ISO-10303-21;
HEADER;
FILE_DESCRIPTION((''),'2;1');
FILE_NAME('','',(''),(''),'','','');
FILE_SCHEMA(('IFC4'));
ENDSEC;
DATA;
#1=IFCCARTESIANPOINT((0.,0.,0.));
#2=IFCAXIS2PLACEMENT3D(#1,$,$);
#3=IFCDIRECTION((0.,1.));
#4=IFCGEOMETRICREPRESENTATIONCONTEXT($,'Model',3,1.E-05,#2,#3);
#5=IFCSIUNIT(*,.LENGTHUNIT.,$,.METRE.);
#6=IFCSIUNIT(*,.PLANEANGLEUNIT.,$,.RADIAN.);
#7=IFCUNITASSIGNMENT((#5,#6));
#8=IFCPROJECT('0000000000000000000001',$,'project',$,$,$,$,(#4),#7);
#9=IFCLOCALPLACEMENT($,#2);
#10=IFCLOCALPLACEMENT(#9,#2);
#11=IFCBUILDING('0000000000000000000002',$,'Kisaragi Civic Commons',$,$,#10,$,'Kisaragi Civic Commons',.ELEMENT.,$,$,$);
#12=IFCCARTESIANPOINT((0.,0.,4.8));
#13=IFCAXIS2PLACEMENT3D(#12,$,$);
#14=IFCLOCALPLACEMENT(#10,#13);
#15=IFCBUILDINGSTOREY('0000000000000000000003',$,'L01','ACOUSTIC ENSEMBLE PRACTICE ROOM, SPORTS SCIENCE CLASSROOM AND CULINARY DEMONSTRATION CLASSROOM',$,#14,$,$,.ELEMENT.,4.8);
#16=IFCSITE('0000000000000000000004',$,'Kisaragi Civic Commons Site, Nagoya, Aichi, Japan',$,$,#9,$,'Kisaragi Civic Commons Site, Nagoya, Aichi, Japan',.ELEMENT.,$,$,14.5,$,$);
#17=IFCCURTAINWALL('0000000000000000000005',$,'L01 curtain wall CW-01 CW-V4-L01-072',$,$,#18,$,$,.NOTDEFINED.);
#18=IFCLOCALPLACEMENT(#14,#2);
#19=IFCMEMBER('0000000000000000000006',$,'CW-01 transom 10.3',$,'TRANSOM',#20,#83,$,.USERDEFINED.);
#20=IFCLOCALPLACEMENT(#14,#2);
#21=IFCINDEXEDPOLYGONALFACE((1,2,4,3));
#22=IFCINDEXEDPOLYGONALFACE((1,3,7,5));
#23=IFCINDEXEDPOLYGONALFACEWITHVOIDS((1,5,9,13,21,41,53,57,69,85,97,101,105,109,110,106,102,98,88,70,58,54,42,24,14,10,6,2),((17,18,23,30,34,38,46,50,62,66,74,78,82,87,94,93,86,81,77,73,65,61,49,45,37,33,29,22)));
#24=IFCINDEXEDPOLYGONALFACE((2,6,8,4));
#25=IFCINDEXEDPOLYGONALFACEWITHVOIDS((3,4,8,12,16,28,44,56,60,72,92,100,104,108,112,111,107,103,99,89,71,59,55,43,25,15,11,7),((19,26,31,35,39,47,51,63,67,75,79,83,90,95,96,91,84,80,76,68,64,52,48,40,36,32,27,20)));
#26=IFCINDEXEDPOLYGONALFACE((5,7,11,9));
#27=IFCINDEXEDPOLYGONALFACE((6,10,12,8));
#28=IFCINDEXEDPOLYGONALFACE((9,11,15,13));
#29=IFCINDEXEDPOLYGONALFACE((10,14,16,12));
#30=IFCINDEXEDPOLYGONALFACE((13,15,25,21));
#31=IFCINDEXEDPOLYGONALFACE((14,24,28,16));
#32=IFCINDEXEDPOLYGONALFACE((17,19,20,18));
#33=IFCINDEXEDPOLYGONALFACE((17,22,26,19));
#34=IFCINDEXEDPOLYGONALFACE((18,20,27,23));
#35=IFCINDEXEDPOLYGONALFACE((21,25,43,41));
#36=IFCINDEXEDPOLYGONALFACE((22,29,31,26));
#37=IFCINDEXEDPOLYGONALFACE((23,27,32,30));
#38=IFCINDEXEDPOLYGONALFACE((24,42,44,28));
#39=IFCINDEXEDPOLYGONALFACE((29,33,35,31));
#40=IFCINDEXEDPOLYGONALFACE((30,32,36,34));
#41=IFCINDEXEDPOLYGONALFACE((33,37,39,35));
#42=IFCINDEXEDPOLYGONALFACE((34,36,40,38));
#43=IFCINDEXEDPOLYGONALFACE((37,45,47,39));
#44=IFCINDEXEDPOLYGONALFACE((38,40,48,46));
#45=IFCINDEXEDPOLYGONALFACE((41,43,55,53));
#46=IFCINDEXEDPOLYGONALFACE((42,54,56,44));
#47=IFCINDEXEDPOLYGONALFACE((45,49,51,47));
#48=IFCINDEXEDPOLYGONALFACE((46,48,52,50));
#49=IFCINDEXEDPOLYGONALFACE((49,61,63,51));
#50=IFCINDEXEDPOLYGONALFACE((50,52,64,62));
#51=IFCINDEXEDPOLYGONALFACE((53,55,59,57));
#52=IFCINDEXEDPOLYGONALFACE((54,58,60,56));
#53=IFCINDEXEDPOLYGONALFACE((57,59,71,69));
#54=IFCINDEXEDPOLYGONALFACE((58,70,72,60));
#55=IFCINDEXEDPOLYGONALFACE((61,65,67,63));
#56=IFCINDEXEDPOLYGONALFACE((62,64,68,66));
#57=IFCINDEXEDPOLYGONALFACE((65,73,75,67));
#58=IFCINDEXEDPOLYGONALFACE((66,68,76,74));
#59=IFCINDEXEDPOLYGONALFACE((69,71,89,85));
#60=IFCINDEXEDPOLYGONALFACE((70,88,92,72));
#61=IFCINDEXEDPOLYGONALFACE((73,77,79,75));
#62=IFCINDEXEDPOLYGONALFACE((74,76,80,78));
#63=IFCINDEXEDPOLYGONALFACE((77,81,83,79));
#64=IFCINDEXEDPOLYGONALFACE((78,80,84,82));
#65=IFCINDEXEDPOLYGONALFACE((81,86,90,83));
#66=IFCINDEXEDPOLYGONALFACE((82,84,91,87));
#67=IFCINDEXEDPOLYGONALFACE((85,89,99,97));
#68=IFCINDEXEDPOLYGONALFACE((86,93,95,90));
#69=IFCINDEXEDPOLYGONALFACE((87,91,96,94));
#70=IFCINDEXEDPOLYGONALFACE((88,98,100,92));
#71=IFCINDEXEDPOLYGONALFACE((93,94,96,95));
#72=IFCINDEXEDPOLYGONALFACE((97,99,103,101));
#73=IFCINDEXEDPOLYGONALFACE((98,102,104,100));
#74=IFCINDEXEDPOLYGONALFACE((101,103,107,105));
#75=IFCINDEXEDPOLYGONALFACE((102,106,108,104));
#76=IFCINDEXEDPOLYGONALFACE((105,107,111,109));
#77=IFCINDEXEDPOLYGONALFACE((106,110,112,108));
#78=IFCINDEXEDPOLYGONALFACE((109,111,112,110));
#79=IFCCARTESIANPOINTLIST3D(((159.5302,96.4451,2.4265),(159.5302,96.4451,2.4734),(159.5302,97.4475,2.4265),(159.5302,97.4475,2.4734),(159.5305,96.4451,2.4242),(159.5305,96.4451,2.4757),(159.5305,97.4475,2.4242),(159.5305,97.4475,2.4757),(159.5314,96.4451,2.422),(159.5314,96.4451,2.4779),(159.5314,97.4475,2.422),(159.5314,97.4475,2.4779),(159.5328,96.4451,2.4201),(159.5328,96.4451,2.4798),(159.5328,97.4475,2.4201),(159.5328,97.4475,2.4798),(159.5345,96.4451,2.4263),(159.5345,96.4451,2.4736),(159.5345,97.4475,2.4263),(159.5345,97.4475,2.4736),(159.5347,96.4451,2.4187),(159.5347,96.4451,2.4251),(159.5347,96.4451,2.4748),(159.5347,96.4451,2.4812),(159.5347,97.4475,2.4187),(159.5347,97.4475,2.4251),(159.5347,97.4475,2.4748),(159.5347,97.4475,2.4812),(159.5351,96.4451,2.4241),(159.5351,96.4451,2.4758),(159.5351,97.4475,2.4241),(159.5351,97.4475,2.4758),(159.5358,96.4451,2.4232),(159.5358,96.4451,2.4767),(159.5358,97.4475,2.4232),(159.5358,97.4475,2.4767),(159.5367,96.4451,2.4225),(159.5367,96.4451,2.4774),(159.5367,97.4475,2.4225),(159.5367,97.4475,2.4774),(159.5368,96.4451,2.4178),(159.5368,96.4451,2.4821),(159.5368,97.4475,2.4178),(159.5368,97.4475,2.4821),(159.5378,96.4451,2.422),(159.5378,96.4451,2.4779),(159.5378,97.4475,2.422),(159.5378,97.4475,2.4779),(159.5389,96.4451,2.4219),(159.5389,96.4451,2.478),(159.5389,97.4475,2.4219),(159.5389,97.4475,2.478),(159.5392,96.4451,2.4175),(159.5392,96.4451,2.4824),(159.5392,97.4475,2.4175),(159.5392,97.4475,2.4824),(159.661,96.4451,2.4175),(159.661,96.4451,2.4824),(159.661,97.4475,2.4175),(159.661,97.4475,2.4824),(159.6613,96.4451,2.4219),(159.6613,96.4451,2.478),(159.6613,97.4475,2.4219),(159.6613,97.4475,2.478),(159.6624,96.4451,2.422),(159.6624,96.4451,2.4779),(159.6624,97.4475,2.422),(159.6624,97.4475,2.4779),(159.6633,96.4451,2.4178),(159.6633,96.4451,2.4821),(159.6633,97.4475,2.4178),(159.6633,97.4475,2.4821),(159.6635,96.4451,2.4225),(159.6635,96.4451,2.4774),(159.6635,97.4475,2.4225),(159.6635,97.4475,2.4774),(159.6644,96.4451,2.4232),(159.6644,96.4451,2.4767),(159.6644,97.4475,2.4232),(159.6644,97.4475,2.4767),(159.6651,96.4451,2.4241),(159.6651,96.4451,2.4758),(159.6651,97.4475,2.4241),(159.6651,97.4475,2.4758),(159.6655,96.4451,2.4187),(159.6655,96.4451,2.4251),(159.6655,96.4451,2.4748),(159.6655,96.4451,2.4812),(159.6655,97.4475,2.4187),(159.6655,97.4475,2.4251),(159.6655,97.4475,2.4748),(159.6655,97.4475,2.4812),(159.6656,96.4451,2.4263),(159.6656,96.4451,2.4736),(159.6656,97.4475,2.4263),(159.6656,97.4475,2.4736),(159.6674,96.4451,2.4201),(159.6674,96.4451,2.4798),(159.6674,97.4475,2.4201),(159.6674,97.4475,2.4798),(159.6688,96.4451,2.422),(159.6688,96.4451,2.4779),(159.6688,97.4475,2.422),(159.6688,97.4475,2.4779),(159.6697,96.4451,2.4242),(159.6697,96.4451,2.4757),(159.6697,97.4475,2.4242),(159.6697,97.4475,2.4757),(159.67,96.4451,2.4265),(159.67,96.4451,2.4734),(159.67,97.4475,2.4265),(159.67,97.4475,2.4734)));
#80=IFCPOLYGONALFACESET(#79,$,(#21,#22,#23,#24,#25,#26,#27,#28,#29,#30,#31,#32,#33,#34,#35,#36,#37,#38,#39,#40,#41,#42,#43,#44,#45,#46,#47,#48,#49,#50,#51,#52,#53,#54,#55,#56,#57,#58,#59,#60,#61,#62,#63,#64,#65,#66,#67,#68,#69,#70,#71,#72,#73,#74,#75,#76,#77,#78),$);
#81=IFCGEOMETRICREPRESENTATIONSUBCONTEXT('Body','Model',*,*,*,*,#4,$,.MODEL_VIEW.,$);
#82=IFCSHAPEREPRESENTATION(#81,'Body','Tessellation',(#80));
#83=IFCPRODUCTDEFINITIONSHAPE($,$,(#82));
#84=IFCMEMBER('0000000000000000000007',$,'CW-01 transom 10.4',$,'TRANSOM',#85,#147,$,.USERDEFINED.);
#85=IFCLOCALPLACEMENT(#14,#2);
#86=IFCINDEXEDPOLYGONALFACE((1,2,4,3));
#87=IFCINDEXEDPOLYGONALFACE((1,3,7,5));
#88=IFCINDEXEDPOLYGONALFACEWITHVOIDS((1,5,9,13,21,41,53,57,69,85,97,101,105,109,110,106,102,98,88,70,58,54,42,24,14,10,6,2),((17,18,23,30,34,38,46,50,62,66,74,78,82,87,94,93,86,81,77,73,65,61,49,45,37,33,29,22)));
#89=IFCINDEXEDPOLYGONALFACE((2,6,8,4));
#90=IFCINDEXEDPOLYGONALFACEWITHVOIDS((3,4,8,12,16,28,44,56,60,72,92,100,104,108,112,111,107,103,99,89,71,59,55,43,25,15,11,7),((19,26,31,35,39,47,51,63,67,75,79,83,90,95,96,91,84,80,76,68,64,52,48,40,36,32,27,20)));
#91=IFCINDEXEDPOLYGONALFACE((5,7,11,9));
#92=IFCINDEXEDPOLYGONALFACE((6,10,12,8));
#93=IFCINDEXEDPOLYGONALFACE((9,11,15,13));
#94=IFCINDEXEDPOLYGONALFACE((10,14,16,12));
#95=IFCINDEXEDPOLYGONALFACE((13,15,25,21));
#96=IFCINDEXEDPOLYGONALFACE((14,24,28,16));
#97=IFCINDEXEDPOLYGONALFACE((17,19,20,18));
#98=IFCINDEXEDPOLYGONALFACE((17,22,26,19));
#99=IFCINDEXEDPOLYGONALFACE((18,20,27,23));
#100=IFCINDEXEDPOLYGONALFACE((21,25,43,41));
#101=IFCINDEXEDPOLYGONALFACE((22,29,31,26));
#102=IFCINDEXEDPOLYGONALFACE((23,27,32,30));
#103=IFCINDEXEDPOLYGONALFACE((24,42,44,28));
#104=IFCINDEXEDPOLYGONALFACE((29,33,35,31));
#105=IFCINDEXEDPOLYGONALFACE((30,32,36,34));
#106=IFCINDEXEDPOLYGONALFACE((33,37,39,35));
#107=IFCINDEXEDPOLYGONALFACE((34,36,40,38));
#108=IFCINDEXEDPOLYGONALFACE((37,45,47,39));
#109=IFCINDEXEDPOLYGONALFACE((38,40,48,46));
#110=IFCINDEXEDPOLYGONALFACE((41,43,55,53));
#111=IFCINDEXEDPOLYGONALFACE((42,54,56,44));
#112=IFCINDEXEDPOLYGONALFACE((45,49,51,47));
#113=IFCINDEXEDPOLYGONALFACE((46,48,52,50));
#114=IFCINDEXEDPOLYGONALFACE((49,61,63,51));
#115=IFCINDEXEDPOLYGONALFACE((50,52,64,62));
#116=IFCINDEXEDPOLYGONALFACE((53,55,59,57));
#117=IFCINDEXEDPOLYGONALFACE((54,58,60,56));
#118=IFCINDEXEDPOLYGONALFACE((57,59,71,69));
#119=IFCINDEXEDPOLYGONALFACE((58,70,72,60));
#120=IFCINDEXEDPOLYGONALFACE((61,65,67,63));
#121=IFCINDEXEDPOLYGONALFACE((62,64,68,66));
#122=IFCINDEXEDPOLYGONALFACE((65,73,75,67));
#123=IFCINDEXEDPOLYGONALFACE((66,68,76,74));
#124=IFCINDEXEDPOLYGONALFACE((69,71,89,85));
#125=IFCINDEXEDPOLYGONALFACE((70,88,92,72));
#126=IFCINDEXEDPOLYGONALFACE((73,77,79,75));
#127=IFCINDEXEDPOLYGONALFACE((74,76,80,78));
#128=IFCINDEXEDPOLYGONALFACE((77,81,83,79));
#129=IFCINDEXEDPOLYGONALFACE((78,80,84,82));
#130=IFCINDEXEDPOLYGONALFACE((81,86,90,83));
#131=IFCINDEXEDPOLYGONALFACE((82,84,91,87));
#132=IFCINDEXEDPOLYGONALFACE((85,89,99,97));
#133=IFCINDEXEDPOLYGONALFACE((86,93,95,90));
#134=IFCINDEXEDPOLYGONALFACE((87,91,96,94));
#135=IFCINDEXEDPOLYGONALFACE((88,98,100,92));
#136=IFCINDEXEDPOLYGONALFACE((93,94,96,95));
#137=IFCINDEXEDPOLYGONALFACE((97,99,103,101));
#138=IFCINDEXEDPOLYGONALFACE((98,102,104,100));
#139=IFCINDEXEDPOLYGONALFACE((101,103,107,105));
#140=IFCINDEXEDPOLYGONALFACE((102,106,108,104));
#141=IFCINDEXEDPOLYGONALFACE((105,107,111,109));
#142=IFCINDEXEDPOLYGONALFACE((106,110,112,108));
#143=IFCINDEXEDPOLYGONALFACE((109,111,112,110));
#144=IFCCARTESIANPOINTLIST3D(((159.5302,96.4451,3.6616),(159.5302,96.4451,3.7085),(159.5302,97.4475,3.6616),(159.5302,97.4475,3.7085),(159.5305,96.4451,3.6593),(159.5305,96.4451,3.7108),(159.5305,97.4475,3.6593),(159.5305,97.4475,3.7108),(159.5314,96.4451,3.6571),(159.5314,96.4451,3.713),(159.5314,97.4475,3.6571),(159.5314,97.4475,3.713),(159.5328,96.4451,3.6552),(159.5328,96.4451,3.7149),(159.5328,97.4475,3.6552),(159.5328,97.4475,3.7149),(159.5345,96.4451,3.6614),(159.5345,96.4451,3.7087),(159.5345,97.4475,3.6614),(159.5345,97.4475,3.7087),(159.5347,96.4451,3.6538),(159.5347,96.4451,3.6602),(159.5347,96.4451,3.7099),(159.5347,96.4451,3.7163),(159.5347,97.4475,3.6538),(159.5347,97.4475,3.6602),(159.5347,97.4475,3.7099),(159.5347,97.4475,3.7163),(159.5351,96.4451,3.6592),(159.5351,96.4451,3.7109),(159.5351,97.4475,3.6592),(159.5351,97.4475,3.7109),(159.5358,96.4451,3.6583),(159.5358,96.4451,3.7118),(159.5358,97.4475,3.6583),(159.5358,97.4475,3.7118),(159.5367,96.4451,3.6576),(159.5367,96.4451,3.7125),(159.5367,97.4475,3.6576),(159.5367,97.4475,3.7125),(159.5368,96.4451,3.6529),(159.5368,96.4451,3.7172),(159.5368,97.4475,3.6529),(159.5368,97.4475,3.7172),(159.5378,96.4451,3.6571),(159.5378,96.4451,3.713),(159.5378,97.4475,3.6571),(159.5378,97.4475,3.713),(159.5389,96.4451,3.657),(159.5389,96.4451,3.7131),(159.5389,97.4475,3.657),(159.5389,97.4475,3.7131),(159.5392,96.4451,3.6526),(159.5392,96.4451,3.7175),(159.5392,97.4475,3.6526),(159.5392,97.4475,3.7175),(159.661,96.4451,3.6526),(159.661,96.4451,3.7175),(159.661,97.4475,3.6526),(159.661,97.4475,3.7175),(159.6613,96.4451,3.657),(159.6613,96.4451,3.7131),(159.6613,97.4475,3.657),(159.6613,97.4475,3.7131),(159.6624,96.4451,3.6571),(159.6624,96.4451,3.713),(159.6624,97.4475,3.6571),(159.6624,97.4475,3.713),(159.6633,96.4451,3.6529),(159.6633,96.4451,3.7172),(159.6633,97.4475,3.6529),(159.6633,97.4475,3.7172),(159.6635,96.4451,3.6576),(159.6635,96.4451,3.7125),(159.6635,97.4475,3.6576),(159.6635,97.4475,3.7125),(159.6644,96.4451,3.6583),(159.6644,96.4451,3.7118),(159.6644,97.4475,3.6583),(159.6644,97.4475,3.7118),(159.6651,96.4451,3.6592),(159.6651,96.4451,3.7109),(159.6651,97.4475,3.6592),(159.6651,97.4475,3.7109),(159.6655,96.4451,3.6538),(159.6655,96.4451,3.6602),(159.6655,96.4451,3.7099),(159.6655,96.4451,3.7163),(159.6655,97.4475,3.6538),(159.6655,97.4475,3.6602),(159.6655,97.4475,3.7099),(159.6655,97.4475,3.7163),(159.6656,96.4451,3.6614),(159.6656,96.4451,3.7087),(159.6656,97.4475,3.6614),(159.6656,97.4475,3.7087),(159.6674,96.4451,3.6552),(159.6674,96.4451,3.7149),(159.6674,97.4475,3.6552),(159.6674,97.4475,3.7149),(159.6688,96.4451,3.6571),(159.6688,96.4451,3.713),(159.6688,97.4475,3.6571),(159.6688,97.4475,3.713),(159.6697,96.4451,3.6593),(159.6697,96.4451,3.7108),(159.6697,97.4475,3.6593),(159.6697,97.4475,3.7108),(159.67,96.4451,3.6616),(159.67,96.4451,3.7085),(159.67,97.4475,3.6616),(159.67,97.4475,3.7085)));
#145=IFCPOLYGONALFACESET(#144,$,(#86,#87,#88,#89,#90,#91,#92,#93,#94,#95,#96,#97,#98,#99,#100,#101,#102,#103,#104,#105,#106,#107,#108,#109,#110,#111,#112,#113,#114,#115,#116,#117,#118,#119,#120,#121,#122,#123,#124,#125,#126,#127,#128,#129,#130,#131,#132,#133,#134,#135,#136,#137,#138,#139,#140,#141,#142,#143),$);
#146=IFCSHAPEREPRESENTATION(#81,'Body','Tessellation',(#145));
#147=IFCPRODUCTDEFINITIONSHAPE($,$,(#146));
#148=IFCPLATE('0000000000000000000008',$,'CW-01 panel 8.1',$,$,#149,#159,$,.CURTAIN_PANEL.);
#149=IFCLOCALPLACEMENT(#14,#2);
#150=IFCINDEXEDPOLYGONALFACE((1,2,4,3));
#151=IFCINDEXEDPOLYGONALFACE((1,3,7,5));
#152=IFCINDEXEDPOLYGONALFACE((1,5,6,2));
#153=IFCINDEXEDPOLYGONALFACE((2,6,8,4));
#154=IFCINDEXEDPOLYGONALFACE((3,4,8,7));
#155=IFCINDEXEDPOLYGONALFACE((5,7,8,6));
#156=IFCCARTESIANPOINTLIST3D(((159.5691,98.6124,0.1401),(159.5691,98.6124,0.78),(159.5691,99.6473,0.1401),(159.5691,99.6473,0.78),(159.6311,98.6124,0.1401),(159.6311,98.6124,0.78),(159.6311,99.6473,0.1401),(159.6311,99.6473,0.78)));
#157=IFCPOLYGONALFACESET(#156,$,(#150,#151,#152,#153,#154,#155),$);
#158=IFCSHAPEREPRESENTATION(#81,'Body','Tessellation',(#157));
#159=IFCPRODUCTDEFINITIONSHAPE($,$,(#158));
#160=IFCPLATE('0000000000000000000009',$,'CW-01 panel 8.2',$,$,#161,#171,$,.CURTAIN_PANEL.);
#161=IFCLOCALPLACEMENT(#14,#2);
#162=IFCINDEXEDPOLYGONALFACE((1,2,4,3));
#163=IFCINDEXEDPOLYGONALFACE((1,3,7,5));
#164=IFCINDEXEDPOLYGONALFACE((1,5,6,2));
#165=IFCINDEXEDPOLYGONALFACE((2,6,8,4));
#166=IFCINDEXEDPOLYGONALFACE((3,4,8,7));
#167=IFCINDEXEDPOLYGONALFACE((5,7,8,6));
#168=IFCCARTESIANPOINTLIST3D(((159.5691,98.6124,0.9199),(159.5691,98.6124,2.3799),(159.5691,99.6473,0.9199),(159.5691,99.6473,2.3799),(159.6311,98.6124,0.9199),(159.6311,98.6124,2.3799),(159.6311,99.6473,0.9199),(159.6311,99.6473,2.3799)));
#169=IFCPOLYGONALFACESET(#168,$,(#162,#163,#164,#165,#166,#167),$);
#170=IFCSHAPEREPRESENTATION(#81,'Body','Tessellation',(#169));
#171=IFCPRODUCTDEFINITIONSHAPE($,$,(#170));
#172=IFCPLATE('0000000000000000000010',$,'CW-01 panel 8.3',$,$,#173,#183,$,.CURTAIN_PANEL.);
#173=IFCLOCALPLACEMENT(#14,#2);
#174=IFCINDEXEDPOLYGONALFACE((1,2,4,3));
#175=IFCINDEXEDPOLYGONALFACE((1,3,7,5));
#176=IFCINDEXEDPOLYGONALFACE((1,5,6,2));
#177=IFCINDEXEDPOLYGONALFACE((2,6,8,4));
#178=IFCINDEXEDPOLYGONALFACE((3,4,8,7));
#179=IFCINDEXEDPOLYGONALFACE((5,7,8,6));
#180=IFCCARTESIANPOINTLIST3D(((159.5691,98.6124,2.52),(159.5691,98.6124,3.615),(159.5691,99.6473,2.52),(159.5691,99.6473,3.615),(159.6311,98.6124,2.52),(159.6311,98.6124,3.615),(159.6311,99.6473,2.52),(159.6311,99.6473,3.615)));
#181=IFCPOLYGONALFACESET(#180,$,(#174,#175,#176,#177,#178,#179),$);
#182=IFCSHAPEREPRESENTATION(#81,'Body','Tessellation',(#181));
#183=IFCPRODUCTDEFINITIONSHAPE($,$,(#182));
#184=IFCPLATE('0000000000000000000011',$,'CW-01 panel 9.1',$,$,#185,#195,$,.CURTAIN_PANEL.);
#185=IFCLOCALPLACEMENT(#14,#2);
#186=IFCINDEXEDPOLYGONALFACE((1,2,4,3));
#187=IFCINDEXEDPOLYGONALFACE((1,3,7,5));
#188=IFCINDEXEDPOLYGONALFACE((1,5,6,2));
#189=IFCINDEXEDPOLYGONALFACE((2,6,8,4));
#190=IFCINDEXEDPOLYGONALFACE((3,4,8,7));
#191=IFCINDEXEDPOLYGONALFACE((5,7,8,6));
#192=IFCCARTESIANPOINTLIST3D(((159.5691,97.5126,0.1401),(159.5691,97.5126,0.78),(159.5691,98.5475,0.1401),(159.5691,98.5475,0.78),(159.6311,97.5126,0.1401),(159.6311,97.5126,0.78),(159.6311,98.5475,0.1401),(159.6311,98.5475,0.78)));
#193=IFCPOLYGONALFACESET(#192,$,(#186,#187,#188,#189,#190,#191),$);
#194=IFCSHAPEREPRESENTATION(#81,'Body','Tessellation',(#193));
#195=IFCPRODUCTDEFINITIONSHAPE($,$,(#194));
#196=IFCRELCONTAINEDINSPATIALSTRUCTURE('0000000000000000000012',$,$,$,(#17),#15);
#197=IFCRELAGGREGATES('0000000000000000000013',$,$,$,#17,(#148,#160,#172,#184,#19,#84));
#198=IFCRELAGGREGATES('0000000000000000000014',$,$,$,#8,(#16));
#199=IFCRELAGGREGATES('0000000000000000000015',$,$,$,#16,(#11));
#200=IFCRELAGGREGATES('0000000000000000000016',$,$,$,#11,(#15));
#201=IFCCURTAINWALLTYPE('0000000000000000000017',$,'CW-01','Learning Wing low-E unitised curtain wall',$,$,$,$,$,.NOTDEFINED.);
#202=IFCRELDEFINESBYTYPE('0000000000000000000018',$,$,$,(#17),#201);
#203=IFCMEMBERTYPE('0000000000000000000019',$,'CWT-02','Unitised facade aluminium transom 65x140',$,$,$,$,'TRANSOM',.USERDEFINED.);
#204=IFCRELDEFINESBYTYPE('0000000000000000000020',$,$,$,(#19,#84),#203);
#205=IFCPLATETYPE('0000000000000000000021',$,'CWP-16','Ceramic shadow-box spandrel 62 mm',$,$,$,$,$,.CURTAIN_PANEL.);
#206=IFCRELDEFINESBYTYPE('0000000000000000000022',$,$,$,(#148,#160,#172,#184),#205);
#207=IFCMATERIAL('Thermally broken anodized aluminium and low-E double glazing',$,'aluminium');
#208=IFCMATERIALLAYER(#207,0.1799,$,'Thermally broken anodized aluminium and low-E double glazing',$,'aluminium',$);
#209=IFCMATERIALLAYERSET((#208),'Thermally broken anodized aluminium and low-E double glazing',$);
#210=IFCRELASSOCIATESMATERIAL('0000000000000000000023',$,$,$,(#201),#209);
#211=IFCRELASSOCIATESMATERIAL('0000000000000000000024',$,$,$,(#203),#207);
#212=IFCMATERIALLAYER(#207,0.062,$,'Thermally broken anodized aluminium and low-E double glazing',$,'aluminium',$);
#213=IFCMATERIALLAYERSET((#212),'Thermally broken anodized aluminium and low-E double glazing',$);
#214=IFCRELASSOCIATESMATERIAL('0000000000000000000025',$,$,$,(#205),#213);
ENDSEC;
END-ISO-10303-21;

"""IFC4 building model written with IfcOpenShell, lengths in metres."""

from ifc_helpers import new_model, si_unit, direction, frame, origin, origin_2d, place, context, subcontext, project, spatial, rectangle, hollow_rectangle, extrude, material, layer, layer_set, material_profile, profile_set, type_object, element, aggregate, save


model = new_model("IFC4")

# Units and contexts
model_context = context("Model", 3, precision=1e-05, world=origin(), true_north=direction((0.0, 1.0)))
body_context = subcontext(model_context, "Body", "Model", "MODEL_VIEW")
ifc_project = project(units=[si_unit("LENGTHUNIT", "METRE"), si_unit("PLANEANGLEUNIT", "RADIAN")], contexts=[model_context])

# Site, building, storey
site_placement = place(None, origin())
site = spatial("IfcSite", under=ifc_project, at=site_placement, Name="Kisaragi Civic Commons Site, Nagoya, Aichi, Japan", LongName="Kisaragi Civic Commons Site, Nagoya, Aichi, Japan", CompositionType="ELEMENT", RefElevation=14.5)
building_placement = place(site_placement, origin())
building = spatial("IfcBuilding", under=site, at=building_placement, Name="Kisaragi Civic Commons", LongName="Kisaragi Civic Commons", CompositionType="ELEMENT")
storey_placement = place(building_placement, frame((0.0, 0.0, 4.8)))
storey = spatial("IfcBuildingStorey", under=building, at=storey_placement, Name="L01", Description="ACOUSTIC ENSEMBLE PRACTICE ROOM, SPORTS SCIENCE CLASSROOM AND CULINARY DEMONSTRATION CLASSROOM", CompositionType="ELEMENT", Elevation=4.8)

# Curtain wall, members, plates
ifc_material = material(Name="Thermally broken anodized aluminium and low-E double glazing", Category="aluminium")
ifc_layer_1 = layer(ifc_material, 0.1799, Name="Thermally broken anodized aluminium and low-E double glazing", Category="aluminium")
ifc_layer_set_1 = layer_set([ifc_layer_1], Name="Thermally broken anodized aluminium and low-E double glazing")
curtain_wall_type = type_object("IfcCurtainWallType", Name="CW-01", Description="Learning Wing low-E unitised curtain wall", PredefinedType="NOTDEFINED", material=ifc_layer_set_1)
curtain_wall_placement = place(storey_placement, origin())
curtain_wall = element("IfcCurtainWall", 1, at=curtain_wall_placement, inside=storey, type_object=curtain_wall_type, Name="L01 curtain wall CW-01 CW-V4-L01-072", PredefinedType="NOTDEFINED")
ifc_material_profile_1 = material_profile(ifc_material, hollow_rectangle(XDim=0.1399, YDim=0.0649, WallThickness=0.0044, InnerFilletRadius=0.0044, OuterFilletRadius=0.009, at=origin_2d()), Name="CWT-65x140x4.5", Category="aluminium")
ifc_profile_set_1 = profile_set([ifc_material_profile_1], Name="Thermally broken anodized aluminium and low-E double glazing")
member_type_1 = type_object("IfcMemberType", Name="CWT-02", Description="Unitised facade aluminium transom 65x140", ElementType="TRANSOM", PredefinedType="USERDEFINED", material=ifc_profile_set_1)
member_1_placement = place(storey_placement, frame((159.6001, 97.4475, 2.45), z_axis=(0.0, -1.0, 0.0), x_axis=(1.0, 0.0, 0.0)))
member_1 = element("IfcMember", 2, at=member_1_placement, type_object=member_type_1, Name="CW-01 transom 10.3", ObjectType="TRANSOM", PredefinedType="USERDEFINED", context=body_context, shape_type="SweptSolid", body=[
    extrude(hollow_rectangle(XDim=0.1399, YDim=0.0649, WallThickness=0.0044, InnerFilletRadius=0.0044, OuterFilletRadius=0.009, at=origin_2d()), origin(), (0.0, 0.0, 1.0), 1.0024),
])
member_2_placement = place(storey_placement, frame((159.6001, 97.4475, 3.6851), z_axis=(0.0, -1.0, 0.0), x_axis=(1.0, 0.0, 0.0)))
member_2 = element("IfcMember", 3, at=member_2_placement, type_object=member_type_1, Name="CW-01 transom 10.4", ObjectType="TRANSOM", PredefinedType="USERDEFINED", context=body_context, shape_type="SweptSolid", body=[
    extrude(hollow_rectangle(XDim=0.1399, YDim=0.0649, WallThickness=0.0044, InnerFilletRadius=0.0044, OuterFilletRadius=0.009, at=origin_2d()), origin(), (0.0, 0.0, 1.0), 1.0024),
])
ifc_layer_2 = layer(ifc_material, 0.062, Name="Thermally broken anodized aluminium and low-E double glazing", Category="aluminium")
ifc_layer_set_2 = layer_set([ifc_layer_2], Name="Thermally broken anodized aluminium and low-E double glazing")
plate_type = type_object("IfcPlateType", Name="CWP-16", Description="Ceramic shadow-box spandrel 62 mm", PredefinedType="CURTAIN_PANEL", material=ifc_layer_set_2)
plate_1_placement = place(storey_placement, frame((159.6001, 99.1299, 0.1401), z_axis=(0.0, 0.0, 1.0), x_axis=(0.0, -1.0, 0.0)))
plate_1 = element("IfcPlate", 4, at=plate_1_placement, type_object=plate_type, Name="CW-01 panel 8.1", PredefinedType="CURTAIN_PANEL", context=body_context, shape_type="SweptSolid", body=[
    extrude(rectangle(XDim=1.0349, YDim=0.062, at=origin_2d()), origin(), (0.0, 0.0, 1.0), 0.6399),
])
plate_2_placement = place(storey_placement, frame((159.6001, 99.1299, 0.9199), z_axis=(0.0, 0.0, 1.0), x_axis=(0.0, -1.0, 0.0)))
plate_2 = element("IfcPlate", 5, at=plate_2_placement, type_object=plate_type, Name="CW-01 panel 8.2", PredefinedType="CURTAIN_PANEL", context=body_context, shape_type="SweptSolid", body=[
    extrude(rectangle(XDim=1.0349, YDim=0.062, at=origin_2d()), origin(), (0.0, 0.0, 1.0), 1.46),
])
plate_3_placement = place(storey_placement, frame((159.6001, 99.1299, 2.52), z_axis=(0.0, 0.0, 1.0), x_axis=(0.0, -1.0, 0.0)))
plate_3 = element("IfcPlate", 6, at=plate_3_placement, type_object=plate_type, Name="CW-01 panel 8.3", PredefinedType="CURTAIN_PANEL", context=body_context, shape_type="SweptSolid", body=[
    extrude(rectangle(XDim=1.0349, YDim=0.062, at=origin_2d()), origin(), (0.0, 0.0, 1.0), 1.095),
])
plate_4_placement = place(storey_placement, frame((159.6001, 98.03, 0.1401), z_axis=(0.0, 0.0, 1.0), x_axis=(0.0, -1.0, 0.0)))
plate_4 = element("IfcPlate", 7, at=plate_4_placement, type_object=plate_type, Name="CW-01 panel 9.1", PredefinedType="CURTAIN_PANEL", context=body_context, shape_type="SweptSolid", body=[
    extrude(rectangle(XDim=1.0349, YDim=0.062, at=origin_2d()), origin(), (0.0, 0.0, 1.0), 0.6399),
])
aggregate(curtain_wall, [plate_1, plate_2, plate_3, plate_4, member_1, member_2])

save(model, "model.ifc")
